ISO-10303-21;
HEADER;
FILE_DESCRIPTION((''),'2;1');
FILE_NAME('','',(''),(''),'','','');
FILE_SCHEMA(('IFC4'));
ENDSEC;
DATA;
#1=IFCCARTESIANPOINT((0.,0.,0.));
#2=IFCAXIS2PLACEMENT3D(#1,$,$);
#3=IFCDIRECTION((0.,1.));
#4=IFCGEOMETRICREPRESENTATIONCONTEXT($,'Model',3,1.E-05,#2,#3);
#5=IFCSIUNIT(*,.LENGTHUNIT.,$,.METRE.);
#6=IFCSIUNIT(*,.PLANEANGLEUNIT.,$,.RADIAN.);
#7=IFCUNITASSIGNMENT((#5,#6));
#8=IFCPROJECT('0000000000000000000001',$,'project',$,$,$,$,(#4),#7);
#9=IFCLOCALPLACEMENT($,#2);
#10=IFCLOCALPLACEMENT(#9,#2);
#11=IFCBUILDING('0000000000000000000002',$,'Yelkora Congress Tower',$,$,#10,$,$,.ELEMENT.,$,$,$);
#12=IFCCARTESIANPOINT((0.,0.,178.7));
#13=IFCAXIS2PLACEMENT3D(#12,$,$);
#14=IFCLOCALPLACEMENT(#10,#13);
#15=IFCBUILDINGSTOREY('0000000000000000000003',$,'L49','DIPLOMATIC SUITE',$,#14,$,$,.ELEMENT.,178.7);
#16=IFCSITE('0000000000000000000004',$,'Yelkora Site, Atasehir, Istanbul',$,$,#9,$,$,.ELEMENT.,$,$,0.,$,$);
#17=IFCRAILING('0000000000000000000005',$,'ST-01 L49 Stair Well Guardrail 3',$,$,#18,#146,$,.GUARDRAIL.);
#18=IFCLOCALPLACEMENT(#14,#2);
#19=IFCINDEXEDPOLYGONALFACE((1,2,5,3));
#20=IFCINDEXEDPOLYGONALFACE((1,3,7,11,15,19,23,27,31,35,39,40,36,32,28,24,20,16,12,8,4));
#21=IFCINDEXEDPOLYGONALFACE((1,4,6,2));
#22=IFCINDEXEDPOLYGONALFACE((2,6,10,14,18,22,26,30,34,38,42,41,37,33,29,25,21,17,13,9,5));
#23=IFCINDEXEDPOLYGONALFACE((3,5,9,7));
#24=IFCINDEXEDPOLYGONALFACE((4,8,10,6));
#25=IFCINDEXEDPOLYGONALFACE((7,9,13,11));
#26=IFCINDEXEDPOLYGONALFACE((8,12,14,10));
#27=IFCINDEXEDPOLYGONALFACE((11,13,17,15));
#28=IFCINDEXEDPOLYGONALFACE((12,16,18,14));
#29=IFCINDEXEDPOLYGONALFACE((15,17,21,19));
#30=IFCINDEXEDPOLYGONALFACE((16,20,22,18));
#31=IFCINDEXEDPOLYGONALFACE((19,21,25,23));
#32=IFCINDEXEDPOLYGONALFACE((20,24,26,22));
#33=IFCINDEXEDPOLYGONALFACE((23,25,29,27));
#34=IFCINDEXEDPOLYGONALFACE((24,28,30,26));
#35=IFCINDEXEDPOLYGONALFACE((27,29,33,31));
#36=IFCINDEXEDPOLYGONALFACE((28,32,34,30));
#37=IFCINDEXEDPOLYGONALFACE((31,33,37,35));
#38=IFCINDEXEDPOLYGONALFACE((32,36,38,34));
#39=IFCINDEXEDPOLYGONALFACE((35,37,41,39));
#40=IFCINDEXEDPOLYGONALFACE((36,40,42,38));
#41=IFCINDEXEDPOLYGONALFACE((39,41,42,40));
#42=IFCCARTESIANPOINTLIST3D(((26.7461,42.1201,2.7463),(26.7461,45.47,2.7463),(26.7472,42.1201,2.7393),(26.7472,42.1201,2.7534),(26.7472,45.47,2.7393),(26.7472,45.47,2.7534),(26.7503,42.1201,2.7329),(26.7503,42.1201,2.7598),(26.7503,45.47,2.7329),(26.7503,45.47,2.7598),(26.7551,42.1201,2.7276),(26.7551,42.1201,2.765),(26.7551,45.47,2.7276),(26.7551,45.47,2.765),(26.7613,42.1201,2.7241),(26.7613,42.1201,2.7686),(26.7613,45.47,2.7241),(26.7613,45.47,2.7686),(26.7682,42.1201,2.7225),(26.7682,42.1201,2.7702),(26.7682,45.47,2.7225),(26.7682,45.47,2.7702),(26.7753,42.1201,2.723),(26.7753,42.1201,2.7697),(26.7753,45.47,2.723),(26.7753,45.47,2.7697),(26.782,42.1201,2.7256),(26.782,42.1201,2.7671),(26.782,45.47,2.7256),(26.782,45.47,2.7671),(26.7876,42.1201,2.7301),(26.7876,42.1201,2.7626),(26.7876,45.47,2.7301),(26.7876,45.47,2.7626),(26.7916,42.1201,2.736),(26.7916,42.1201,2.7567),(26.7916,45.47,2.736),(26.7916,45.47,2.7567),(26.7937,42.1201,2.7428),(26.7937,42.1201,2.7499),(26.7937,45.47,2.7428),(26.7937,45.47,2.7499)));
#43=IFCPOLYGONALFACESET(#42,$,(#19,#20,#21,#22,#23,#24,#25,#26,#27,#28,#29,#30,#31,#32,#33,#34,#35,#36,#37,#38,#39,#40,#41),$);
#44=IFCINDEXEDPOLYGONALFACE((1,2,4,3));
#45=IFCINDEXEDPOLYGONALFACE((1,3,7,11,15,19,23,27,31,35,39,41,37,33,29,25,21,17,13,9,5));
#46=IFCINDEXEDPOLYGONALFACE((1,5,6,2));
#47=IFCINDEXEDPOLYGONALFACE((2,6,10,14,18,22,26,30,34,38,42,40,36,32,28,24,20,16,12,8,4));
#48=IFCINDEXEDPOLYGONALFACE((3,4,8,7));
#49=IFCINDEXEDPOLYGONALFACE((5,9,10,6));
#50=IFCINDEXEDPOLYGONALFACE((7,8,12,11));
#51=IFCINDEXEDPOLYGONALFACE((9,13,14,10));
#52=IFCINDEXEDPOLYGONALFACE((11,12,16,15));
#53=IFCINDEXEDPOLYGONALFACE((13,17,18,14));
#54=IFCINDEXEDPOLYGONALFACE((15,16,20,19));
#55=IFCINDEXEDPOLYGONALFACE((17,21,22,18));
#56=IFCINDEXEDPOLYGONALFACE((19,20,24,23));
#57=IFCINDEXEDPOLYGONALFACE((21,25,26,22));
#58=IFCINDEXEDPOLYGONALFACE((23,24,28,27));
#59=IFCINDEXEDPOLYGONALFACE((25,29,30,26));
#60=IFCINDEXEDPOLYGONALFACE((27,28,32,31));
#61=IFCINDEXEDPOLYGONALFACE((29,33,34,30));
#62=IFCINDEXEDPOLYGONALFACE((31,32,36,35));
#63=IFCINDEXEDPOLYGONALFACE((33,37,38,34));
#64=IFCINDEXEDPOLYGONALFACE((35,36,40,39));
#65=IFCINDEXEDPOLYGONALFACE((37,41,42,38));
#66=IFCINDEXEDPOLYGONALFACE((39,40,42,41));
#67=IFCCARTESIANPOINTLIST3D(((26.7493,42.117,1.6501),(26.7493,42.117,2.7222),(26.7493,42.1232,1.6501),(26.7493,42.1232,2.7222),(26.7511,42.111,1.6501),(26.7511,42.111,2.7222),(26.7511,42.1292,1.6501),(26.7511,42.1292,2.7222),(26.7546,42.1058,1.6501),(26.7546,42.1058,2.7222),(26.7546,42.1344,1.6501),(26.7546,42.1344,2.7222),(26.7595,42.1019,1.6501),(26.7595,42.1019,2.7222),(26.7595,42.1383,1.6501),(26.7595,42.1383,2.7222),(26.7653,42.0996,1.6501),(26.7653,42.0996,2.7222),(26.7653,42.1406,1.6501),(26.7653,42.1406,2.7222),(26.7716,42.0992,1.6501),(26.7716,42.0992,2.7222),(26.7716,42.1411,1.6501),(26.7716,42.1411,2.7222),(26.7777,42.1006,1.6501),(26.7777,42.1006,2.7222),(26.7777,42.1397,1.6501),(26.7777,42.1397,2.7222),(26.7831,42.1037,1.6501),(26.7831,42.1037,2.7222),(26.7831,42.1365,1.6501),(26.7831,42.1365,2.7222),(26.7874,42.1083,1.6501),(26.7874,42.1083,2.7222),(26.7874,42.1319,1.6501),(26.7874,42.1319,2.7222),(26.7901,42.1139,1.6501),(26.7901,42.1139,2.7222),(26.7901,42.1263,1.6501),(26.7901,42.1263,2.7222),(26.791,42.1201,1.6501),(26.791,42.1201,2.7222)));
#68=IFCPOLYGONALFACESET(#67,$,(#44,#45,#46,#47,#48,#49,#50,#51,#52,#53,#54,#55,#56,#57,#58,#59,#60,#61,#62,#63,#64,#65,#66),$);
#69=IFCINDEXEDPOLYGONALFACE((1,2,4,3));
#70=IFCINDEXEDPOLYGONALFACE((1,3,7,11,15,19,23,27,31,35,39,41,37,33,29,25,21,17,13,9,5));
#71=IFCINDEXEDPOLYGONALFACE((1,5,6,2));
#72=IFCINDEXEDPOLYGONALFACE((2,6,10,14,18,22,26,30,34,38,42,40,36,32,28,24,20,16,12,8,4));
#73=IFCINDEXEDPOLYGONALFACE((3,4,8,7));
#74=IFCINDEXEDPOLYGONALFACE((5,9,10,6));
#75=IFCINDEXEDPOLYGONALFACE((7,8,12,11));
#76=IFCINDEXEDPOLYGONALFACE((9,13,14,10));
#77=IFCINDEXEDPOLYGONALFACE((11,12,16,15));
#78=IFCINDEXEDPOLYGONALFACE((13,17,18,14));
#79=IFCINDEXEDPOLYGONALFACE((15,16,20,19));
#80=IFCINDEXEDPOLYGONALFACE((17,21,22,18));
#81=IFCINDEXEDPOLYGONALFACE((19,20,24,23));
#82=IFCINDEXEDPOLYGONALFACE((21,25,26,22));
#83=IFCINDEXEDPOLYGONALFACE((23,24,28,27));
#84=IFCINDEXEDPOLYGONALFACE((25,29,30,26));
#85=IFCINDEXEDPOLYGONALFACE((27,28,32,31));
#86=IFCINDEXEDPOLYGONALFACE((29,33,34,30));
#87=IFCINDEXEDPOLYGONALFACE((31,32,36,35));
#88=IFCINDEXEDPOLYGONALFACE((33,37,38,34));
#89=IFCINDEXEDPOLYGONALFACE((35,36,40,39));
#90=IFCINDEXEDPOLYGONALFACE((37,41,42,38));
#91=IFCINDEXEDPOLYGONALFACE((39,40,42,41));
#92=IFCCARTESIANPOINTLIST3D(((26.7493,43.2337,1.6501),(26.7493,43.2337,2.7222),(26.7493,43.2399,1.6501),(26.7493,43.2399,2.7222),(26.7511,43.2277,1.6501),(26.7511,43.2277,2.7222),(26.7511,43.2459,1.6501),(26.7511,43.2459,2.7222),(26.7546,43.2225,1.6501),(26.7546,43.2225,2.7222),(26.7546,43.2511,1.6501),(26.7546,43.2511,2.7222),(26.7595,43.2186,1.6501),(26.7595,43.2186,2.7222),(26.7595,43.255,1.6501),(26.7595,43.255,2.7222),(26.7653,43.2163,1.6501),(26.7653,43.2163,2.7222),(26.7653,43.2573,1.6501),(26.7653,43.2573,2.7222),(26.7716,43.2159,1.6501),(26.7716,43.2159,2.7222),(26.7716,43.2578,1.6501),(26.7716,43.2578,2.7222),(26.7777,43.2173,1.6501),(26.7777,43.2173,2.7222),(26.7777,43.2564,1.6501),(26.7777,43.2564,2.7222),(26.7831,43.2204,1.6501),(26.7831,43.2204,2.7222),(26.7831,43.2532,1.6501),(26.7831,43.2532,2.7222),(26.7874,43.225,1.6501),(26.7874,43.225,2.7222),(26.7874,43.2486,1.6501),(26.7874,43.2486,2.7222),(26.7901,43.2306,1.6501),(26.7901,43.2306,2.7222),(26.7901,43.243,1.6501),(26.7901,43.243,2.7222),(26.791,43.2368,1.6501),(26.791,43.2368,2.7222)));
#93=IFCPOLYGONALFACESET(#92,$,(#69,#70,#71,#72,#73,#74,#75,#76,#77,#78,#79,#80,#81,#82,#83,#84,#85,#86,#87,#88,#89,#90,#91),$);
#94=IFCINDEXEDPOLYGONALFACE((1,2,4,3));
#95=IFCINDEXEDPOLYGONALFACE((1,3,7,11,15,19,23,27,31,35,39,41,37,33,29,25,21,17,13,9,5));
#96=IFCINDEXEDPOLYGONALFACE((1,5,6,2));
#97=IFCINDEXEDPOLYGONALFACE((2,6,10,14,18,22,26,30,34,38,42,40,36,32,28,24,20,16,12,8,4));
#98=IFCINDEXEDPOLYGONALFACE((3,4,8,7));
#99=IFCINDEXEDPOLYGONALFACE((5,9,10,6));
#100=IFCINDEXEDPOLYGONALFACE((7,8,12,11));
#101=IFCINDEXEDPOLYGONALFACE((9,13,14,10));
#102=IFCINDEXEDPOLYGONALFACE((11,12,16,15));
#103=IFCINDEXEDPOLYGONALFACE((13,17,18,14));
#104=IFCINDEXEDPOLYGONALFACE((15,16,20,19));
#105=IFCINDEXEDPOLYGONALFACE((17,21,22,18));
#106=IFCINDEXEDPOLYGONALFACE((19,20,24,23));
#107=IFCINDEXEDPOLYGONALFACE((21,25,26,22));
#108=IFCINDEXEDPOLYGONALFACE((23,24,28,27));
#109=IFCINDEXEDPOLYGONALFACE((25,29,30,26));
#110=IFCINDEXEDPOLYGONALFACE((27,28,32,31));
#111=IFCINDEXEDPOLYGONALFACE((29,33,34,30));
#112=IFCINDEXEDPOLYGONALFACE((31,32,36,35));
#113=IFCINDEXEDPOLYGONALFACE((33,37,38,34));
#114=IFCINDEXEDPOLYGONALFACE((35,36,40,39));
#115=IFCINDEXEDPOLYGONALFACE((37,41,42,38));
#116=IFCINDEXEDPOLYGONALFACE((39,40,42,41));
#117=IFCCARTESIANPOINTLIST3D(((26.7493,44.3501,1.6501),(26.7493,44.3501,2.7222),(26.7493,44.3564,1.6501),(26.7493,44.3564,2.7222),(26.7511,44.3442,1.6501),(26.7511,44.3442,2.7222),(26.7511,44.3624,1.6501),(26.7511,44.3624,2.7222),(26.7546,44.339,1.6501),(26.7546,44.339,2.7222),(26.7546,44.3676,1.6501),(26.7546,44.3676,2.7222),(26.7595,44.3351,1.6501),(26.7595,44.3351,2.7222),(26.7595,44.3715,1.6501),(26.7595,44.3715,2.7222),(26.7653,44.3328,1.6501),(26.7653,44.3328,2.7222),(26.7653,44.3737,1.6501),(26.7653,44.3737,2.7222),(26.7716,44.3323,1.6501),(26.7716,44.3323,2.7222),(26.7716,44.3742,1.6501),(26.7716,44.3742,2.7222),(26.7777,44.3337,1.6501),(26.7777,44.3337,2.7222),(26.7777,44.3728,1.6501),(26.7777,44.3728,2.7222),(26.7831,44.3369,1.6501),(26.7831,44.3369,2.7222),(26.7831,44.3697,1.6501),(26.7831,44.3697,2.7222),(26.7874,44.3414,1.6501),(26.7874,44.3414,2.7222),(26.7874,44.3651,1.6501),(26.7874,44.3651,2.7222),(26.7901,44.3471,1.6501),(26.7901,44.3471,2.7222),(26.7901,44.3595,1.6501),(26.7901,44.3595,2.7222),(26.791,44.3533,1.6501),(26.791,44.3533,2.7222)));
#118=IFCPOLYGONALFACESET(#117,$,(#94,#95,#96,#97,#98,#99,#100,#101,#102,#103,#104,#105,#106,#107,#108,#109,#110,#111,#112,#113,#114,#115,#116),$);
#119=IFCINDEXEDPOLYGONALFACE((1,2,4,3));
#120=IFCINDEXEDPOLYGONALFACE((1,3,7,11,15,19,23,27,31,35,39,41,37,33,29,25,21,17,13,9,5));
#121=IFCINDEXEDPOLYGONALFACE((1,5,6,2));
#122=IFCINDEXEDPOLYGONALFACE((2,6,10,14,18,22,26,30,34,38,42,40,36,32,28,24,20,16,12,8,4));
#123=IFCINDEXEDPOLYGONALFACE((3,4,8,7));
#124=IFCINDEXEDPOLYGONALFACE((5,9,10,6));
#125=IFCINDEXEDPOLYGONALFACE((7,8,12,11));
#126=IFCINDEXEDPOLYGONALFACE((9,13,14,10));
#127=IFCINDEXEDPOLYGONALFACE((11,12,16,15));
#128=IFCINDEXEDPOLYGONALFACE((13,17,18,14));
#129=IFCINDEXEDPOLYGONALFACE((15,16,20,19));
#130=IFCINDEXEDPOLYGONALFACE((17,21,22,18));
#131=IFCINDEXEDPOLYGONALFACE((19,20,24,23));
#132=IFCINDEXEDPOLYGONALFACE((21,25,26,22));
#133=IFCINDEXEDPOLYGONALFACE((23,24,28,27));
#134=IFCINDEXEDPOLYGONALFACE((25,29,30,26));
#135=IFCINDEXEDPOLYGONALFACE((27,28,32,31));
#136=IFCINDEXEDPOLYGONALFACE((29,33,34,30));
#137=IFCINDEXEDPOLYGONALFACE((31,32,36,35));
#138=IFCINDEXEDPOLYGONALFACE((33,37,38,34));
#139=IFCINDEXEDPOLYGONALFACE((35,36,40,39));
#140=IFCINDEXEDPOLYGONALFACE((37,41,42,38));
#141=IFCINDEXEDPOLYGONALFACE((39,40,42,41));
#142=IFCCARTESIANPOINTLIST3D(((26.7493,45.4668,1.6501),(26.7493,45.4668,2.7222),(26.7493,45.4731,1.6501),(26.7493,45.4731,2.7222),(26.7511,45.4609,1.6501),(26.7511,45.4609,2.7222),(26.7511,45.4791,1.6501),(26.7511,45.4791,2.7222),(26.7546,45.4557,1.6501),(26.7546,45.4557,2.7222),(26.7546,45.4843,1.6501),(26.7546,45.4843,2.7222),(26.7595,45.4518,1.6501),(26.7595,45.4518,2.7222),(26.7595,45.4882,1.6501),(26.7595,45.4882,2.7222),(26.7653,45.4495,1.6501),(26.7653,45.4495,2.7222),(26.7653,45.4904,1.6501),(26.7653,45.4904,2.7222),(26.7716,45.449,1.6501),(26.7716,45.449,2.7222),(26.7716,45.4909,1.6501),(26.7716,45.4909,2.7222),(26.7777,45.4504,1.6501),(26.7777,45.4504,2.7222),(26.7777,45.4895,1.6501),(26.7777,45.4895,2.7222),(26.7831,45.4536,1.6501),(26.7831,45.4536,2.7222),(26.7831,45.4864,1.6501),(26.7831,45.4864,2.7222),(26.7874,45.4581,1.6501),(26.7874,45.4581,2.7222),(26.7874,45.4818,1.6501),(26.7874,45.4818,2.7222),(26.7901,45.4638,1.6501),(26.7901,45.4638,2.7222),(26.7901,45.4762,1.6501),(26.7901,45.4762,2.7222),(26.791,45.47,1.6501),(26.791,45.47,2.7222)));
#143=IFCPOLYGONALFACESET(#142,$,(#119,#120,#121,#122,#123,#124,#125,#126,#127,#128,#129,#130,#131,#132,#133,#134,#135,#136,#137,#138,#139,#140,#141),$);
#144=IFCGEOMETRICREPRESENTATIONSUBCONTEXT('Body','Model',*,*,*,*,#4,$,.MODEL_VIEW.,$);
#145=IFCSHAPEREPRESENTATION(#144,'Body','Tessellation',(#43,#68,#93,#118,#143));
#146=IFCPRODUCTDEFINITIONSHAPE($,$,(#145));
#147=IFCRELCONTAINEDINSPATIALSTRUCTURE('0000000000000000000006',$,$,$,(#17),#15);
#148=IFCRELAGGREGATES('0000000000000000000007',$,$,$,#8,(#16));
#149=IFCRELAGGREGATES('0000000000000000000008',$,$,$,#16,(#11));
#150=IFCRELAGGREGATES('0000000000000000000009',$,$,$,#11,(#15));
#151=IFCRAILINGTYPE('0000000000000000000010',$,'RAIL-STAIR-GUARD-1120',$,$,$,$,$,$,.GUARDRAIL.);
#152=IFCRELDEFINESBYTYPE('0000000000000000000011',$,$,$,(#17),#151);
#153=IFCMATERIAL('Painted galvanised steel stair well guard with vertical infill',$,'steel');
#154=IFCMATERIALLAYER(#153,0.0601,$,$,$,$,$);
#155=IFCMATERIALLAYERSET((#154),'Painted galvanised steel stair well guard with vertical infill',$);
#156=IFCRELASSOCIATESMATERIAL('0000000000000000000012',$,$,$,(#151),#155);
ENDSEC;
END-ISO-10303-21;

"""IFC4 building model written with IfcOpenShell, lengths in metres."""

from ifc_helpers import new_model, si_unit, direction, frame, origin, origin_2d, place, context, subcontext, project, spatial, circle, extrude, material, layer, layer_set, type_object, element, save


model = new_model("IFC4")

# Units and contexts
model_context = context("Model", 3, precision=1e-05, world=origin(), true_north=direction((0.0, 1.0)))
body_context = subcontext(model_context, "Body", "Model", "MODEL_VIEW")
ifc_project = project(units=[si_unit("LENGTHUNIT", "METRE"), si_unit("PLANEANGLEUNIT", "RADIAN")], contexts=[model_context])

# Site, building, storey
site_placement = place(None, origin())
site = spatial("IfcSite", under=ifc_project, at=site_placement, Name="Yelkora Site, Atasehir, Istanbul", CompositionType="ELEMENT", RefElevation=0.0)
building_placement = place(site_placement, origin())
building = spatial("IfcBuilding", under=site, at=building_placement, Name="Yelkora Congress Tower", CompositionType="ELEMENT")
storey_placement = place(building_placement, frame((0.0, 0.0, 178.7)))
storey = spatial("IfcBuildingStorey", under=building, at=storey_placement, Name="L49", Description="DIPLOMATIC SUITE", CompositionType="ELEMENT", Elevation=178.7)

# Railing
ifc_material_1 = material(Name="Painted galvanised steel stair well guard with vertical infill", Category="steel")
ifc_layer_1 = layer(ifc_material_1, 0.0601)
ifc_layer_set_1 = layer_set([ifc_layer_1], Name="Painted galvanised steel stair well guard with vertical infill")
railing_type_1 = type_object("IfcRailingType", Name="RAIL-STAIR-GUARD-1120", PredefinedType="GUARDRAIL", material=ifc_layer_set_1)
for number, where, name in (
    (1, (26.77, 42.1201, 1.6501), "ST-01 L49 Stair Well Guardrail 3"),
):
    element("IfcRailing", number, at=place(storey_placement, frame(where)), inside=storey, type_object=railing_type_1, Name=name, PredefinedType="GUARDRAIL", context=body_context, shape_type="SweptSolid", body=[
        extrude(circle(Radius=0.0239, at=origin_2d()), frame((0.0, 0.0, 1.0962), z_axis=(0.0, 1.0, 0.0), x_axis=(-1.0, 0.0, 0.0)), (0.0, 0.0, 1.0), 3.3499),
        extrude(circle(Radius=0.021, at=origin_2d()), origin(), (0.0, 0.0, 1.0), 1.072),
        extrude(circle(Radius=0.021, at=origin_2d()), frame((0.0, 1.1167, 0.0)), (0.0, 0.0, 1.0), 1.072),
        extrude(circle(Radius=0.021, at=origin_2d()), frame((0.0, 2.2332, 0.0)), (0.0, 0.0, 1.0), 1.072),
        extrude(circle(Radius=0.021, at=origin_2d()), frame((0.0, 3.3499, 0.0)), (0.0, 0.0, 1.0), 1.072),
    ])

save(model, "model.ifc")
